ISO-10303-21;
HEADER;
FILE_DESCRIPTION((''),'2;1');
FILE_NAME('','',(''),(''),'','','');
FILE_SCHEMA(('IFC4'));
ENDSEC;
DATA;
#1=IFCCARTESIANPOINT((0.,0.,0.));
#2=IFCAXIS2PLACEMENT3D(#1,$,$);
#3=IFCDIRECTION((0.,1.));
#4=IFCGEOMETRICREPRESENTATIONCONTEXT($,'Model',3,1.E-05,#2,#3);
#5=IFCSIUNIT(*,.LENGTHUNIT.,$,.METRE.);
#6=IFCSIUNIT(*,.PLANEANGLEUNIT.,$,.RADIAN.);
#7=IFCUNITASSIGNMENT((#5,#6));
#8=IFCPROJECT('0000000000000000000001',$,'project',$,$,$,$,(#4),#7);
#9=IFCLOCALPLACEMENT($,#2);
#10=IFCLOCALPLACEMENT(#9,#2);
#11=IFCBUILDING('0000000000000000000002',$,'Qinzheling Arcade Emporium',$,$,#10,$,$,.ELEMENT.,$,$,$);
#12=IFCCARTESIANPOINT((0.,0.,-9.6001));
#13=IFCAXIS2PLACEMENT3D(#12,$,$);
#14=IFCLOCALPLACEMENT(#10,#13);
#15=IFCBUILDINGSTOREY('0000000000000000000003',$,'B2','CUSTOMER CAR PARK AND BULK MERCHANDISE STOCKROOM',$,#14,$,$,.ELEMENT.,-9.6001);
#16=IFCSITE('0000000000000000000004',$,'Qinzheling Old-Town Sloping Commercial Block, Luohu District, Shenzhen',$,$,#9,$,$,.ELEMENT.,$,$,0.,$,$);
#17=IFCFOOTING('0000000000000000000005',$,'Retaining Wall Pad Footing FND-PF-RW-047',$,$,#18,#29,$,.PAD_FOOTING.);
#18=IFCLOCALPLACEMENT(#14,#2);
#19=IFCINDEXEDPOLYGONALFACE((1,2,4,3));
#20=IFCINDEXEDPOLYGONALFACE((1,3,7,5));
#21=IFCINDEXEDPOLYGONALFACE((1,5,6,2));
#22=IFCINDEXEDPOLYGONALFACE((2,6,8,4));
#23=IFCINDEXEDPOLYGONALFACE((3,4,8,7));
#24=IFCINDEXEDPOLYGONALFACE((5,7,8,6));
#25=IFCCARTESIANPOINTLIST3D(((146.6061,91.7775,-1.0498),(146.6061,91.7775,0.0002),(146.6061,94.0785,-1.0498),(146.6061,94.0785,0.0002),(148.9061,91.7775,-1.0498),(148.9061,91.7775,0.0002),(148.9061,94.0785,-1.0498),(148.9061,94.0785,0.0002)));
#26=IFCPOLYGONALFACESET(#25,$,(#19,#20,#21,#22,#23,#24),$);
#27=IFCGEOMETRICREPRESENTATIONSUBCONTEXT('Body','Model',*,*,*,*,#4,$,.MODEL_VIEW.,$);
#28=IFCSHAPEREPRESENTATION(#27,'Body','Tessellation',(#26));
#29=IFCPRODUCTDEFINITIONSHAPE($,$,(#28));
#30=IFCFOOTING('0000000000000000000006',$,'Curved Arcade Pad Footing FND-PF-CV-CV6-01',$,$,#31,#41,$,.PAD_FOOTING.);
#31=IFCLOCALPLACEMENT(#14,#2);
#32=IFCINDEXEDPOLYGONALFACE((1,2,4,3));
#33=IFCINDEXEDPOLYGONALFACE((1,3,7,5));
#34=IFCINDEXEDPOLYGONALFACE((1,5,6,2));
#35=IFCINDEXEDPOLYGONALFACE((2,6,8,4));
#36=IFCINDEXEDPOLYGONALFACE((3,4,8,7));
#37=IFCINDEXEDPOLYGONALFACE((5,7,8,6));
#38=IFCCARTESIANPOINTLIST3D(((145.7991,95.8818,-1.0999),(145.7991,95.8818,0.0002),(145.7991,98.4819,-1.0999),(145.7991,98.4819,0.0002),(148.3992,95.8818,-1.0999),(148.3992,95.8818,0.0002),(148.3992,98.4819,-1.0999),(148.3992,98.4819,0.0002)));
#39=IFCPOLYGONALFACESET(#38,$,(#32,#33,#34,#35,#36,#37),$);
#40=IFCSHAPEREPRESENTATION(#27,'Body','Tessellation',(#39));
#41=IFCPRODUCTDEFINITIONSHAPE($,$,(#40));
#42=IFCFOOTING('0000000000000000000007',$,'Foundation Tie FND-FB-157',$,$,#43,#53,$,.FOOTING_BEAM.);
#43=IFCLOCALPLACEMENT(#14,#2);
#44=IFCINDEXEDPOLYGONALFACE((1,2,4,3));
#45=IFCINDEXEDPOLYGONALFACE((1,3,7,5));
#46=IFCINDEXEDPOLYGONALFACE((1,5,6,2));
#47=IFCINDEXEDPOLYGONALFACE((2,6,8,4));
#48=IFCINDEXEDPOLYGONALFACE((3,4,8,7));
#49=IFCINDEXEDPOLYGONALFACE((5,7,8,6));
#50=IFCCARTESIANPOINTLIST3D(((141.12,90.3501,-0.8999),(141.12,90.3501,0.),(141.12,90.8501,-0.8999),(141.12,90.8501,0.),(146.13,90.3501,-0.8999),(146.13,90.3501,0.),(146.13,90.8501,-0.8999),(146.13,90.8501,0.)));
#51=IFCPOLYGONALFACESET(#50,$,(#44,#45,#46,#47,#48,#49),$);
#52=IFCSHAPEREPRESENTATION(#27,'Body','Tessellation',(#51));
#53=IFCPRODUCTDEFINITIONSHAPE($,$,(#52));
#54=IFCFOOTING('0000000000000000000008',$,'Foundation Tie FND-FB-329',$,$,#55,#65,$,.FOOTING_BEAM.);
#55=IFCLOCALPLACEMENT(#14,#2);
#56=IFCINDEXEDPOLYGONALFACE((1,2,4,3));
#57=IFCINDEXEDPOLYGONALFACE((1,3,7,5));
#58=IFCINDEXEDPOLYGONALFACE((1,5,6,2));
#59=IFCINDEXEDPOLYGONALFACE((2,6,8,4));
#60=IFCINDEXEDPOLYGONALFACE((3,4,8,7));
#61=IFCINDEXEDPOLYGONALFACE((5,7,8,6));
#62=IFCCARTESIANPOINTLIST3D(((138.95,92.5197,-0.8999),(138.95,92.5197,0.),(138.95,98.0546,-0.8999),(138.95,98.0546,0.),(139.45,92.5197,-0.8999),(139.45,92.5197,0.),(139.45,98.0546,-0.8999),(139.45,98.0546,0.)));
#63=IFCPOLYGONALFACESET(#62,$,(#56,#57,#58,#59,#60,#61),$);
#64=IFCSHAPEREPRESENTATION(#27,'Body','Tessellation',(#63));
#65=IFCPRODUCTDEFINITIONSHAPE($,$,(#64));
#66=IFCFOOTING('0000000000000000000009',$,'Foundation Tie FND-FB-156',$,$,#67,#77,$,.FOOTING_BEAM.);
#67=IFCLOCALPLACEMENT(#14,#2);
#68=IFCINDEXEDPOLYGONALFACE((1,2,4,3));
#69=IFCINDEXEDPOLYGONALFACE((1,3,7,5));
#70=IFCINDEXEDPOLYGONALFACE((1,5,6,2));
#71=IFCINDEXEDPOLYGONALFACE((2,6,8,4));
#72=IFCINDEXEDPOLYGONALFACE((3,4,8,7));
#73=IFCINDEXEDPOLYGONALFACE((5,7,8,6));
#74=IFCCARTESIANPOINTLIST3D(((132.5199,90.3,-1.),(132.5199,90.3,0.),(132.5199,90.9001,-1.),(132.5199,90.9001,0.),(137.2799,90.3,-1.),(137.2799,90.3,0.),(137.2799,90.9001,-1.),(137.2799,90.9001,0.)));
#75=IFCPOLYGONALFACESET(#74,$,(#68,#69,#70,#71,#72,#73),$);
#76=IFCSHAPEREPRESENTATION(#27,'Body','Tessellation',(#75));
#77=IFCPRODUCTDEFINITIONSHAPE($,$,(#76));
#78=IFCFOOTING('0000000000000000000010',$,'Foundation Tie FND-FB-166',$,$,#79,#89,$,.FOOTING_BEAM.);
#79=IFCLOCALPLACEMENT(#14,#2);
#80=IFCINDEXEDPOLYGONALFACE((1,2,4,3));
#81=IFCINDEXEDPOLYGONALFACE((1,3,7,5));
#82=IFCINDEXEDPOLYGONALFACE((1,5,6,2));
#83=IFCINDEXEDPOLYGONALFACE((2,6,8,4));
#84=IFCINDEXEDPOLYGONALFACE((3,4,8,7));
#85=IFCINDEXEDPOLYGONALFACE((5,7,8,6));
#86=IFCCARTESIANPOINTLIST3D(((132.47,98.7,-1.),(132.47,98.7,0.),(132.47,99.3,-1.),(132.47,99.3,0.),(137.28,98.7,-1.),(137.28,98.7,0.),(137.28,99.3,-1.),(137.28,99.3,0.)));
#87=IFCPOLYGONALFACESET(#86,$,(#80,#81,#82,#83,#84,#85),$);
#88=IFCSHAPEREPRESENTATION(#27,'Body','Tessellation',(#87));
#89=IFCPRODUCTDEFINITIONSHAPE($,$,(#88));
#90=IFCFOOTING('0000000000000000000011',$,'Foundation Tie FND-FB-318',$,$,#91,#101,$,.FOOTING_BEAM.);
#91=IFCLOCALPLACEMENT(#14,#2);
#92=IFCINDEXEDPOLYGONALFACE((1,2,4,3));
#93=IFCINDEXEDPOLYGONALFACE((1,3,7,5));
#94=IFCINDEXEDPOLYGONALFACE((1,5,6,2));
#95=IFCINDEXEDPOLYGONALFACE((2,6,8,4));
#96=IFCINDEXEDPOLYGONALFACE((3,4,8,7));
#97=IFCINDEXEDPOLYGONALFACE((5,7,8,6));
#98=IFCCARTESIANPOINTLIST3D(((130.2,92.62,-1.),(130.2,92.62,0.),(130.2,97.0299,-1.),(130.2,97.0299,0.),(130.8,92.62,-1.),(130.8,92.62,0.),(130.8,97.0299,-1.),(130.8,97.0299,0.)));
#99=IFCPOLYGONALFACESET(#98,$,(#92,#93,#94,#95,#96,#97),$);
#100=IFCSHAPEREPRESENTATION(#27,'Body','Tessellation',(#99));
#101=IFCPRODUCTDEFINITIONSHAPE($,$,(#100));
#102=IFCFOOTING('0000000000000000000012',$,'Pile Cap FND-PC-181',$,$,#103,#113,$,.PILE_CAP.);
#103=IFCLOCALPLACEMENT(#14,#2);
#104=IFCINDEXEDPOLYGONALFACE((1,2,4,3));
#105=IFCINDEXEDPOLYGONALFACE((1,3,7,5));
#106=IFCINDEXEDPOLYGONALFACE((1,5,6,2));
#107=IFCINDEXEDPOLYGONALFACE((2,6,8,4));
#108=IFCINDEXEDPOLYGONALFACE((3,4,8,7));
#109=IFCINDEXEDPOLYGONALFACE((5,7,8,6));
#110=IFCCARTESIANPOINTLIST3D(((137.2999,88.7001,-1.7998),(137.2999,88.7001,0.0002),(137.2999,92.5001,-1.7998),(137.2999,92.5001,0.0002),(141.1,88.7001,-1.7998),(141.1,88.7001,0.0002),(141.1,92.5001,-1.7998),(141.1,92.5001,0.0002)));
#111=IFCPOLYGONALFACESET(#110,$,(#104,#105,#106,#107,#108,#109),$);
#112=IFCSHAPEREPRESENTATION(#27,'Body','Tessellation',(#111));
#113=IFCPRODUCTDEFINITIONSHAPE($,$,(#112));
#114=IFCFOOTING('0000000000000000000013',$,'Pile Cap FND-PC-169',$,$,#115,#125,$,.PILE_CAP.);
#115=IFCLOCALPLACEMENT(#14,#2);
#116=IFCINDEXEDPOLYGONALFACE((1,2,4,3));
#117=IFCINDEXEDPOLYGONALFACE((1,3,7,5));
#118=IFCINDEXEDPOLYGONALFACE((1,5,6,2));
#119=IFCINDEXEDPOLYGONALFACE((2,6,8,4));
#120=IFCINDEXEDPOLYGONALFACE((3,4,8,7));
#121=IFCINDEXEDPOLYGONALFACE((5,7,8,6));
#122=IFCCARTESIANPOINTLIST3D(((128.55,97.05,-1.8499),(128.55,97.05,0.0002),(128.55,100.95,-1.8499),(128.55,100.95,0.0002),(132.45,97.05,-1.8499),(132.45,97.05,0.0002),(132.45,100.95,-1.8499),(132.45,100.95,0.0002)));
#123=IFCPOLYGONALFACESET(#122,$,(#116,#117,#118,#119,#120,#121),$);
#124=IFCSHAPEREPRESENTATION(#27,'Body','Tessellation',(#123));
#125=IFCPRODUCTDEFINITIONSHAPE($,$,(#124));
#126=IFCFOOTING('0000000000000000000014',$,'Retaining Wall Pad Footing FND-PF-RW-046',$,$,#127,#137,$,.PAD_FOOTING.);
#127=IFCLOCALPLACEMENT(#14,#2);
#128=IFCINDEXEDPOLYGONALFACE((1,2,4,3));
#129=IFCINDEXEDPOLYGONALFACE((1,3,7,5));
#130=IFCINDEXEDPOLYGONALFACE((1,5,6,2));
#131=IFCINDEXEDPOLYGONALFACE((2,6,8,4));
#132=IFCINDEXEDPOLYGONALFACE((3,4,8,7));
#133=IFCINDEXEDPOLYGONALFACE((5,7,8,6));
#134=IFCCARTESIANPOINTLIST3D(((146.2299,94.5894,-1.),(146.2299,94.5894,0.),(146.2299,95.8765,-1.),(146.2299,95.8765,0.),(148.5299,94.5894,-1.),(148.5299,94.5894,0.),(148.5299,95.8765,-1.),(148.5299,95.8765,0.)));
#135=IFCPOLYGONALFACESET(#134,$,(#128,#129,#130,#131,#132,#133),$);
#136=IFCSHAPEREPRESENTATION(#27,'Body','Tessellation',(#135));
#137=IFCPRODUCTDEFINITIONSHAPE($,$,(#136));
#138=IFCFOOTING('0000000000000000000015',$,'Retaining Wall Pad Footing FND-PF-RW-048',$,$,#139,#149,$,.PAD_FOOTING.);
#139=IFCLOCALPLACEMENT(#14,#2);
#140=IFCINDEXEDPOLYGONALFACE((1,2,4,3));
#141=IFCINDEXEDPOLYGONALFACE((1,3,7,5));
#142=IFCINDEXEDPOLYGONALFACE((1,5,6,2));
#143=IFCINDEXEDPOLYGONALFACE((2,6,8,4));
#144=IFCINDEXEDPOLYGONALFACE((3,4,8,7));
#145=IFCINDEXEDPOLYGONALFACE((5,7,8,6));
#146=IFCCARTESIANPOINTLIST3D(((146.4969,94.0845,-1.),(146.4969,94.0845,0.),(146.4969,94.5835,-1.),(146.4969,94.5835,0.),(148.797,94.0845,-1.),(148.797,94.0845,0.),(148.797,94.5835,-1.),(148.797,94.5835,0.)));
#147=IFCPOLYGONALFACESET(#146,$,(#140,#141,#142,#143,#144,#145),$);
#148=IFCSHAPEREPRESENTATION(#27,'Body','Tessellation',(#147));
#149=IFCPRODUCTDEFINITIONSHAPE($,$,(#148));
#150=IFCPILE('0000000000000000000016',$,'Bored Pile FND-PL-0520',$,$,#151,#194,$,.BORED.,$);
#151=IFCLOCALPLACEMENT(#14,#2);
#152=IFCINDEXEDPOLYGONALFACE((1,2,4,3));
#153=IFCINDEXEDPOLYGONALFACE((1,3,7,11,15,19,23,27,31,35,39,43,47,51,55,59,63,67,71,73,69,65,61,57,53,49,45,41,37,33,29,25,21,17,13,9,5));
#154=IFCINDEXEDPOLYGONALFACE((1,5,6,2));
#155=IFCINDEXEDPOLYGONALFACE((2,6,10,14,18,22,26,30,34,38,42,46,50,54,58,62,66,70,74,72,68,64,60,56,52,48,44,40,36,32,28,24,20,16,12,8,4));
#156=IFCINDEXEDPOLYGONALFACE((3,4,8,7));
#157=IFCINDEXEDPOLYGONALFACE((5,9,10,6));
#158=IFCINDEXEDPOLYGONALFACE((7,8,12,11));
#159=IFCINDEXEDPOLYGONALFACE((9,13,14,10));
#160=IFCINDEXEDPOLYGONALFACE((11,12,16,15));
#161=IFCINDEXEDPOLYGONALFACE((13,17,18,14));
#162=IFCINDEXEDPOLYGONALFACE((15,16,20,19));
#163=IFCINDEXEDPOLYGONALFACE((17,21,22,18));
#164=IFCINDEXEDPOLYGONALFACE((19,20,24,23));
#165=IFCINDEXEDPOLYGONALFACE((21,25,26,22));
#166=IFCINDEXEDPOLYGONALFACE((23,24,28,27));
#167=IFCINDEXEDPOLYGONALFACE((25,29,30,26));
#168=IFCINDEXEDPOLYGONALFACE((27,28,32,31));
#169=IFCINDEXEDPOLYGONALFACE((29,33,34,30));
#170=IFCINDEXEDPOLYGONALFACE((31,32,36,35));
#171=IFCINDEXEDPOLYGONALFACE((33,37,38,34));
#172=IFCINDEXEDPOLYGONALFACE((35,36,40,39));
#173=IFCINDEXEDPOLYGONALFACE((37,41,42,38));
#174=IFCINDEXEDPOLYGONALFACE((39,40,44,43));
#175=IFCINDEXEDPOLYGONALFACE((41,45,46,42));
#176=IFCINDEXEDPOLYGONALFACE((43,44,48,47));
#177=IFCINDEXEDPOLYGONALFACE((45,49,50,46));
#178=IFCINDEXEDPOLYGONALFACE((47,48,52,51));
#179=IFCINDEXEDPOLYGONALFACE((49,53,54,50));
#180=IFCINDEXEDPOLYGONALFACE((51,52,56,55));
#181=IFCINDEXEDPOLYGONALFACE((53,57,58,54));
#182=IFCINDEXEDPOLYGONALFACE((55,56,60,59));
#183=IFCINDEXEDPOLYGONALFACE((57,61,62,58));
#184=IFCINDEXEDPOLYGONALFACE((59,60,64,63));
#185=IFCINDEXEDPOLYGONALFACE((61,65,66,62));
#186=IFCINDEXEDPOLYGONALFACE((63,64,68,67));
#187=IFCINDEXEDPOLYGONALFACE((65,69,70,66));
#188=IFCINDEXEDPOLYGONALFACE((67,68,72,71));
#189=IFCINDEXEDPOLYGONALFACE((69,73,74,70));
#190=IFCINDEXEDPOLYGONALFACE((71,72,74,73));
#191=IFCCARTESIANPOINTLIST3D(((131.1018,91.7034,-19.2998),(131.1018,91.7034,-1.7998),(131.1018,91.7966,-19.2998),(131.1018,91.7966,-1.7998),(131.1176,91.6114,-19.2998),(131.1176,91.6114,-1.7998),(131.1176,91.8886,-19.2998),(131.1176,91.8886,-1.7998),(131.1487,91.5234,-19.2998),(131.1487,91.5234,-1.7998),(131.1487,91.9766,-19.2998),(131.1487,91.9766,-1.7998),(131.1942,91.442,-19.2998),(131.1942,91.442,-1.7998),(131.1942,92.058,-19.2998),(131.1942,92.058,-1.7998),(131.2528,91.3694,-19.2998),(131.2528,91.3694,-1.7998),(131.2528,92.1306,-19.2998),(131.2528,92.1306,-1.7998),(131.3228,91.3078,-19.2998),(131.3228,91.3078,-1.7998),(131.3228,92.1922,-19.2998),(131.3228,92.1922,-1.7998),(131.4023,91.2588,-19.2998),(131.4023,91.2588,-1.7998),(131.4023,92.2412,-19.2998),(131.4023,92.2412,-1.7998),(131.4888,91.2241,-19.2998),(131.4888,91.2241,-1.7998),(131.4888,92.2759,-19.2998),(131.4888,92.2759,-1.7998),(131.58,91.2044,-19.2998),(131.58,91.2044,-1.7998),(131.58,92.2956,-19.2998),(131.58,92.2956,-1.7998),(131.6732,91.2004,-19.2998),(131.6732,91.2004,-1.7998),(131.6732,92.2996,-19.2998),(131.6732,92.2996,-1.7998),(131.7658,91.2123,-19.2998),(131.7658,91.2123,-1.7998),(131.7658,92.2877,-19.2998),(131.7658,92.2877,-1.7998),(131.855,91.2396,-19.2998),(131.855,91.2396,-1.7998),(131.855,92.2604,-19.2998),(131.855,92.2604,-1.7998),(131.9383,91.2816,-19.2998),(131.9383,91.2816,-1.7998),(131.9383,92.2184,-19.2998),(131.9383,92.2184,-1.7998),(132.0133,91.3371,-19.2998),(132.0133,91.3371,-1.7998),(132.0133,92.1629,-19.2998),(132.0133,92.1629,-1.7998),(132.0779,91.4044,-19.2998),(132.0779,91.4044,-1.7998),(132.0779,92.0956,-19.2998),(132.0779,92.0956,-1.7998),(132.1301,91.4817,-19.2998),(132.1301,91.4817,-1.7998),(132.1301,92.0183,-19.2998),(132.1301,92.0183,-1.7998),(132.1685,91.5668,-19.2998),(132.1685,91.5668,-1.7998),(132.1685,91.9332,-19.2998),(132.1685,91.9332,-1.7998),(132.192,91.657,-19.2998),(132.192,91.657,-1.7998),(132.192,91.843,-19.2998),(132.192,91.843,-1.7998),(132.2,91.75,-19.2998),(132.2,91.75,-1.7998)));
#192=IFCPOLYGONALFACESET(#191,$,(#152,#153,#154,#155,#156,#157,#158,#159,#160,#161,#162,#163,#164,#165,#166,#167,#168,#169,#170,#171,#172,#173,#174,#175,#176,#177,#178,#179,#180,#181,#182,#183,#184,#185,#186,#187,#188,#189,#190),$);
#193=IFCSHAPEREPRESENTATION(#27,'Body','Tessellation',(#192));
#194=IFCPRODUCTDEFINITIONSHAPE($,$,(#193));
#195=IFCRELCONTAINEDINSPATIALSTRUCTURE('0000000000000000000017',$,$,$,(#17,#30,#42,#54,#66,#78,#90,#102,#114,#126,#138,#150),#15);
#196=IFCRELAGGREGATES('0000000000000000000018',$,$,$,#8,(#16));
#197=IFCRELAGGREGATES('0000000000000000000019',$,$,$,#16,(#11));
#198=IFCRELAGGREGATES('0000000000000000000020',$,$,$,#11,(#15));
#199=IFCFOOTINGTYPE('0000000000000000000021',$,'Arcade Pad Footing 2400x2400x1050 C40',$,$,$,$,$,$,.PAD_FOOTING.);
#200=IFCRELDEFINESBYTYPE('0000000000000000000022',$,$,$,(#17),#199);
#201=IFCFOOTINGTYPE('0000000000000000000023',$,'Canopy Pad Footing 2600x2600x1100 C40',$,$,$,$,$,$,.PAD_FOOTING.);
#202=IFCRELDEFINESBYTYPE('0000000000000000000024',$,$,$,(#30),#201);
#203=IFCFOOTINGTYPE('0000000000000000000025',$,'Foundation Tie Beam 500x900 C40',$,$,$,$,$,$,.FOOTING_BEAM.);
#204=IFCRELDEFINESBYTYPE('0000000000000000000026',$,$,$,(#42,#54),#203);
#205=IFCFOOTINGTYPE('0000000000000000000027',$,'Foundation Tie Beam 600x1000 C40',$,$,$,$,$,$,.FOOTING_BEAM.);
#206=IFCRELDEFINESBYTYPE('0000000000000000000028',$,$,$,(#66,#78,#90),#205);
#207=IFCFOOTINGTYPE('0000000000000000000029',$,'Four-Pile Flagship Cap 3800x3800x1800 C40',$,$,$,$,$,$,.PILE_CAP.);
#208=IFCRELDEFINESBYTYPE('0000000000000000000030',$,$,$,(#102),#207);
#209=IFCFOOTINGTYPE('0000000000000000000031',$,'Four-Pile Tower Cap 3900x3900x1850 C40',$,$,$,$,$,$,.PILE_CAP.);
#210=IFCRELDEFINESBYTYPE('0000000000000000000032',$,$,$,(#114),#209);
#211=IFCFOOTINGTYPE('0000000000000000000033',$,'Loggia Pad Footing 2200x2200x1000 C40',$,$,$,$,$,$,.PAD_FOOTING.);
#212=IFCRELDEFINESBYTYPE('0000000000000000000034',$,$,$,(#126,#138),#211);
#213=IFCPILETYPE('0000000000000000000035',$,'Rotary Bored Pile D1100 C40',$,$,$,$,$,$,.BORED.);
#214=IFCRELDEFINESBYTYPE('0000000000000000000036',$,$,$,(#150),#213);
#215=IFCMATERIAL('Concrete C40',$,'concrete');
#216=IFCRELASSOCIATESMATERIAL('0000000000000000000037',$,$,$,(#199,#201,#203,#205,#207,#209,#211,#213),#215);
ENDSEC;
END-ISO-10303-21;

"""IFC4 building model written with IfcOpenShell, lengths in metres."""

from ifc_helpers import new_model, si_unit, direction, frame, origin, origin_2d, place, context, subcontext, project, spatial, rectangle, circle, extrude, material, material_profile, profile_set, type_object, element, save


model = new_model("IFC4")

# Units and contexts
model_context = context("Model", 3, precision=1e-05, world=origin(), true_north=direction((0.0, 1.0)))
body_context = subcontext(model_context, "Body", "Model", "MODEL_VIEW")
ifc_project = project(units=[si_unit("LENGTHUNIT", "METRE"), si_unit("PLANEANGLEUNIT", "RADIAN")], contexts=[model_context])

# Site, building, storey
site_placement = place(None, origin())
site = spatial("IfcSite", under=ifc_project, at=site_placement, Name="Qinzheling Old-Town Sloping Commercial Block, Luohu District, Shenzhen", CompositionType="ELEMENT", RefElevation=0.0)
building_placement = place(site_placement, origin())
building = spatial("IfcBuilding", under=site, at=building_placement, Name="Qinzheling Arcade Emporium", CompositionType="ELEMENT")
storey_placement = place(building_placement, frame((0.0, 0.0, -9.6001)))
storey = spatial("IfcBuildingStorey", under=building, at=storey_placement, Name="B2", Description="CUSTOMER CAR PARK AND BULK MERCHANDISE STOCKROOM", CompositionType="ELEMENT", Elevation=-9.6001)

# Footings
ifc_material_1 = material(Name="Concrete C40", Category="concrete")
footing_type_1 = type_object("IfcFootingType", Name="Arcade Pad Footing 2400x2400x1050 C40", PredefinedType="PAD_FOOTING", material=ifc_material_1)
footing_1_placement = place(storey_placement, frame((147.7561, 92.928, -1.0498), z_axis=(0.0, 0.0, 1.0), x_axis=(1.0, 0.0, 0.0)))
element("IfcFooting", 1, at=footing_1_placement, inside=storey, type_object=footing_type_1, Name="Retaining Wall Pad Footing FND-PF-RW-047", PredefinedType="PAD_FOOTING", context=body_context, shape_type="SweptSolid", body=[
    extrude(rectangle(XDim=2.3, YDim=2.301, at=origin_2d()), origin(), (0.0, 0.0, 1.0), 1.05),
])
footing_type_2 = type_object("IfcFootingType", Name="Canopy Pad Footing 2600x2600x1100 C40", PredefinedType="PAD_FOOTING", material=ifc_material_1)
footing_2_placement = place(storey_placement, frame((147.0991, 97.1819, -1.0999), z_axis=(0.0, 0.0, 1.0), x_axis=(1.0, 0.0, 0.0)))
element("IfcFooting", 2, at=footing_2_placement, inside=storey, type_object=footing_type_2, Name="Curved Arcade Pad Footing FND-PF-CV-CV6-01", PredefinedType="PAD_FOOTING", context=body_context, shape_type="SweptSolid", body=[
    extrude(rectangle(XDim=2.6001, YDim=2.6001, at=origin_2d()), origin(), (0.0, 0.0, 1.0), 1.1001),
])
footing_type_3 = type_object("IfcFootingType", Name="Foundation Tie Beam 500x900 C40", PredefinedType="FOOTING_BEAM", material=ifc_material_1)
footing_3_placement = place(storey_placement, frame((143.625, 90.6001, -0.8999), z_axis=(0.0, 0.0, 1.0), x_axis=(1.0, 0.0, 0.0)))
element("IfcFooting", 3, at=footing_3_placement, inside=storey, type_object=footing_type_3, Name="Foundation Tie FND-FB-157", PredefinedType="FOOTING_BEAM", context=body_context, shape_type="SweptSolid", body=[
    extrude(rectangle(XDim=5.01, YDim=0.5, at=origin_2d()), origin(), (0.0, 0.0, 1.0), 0.8999),
])
footing_4_placement = place(storey_placement, frame((139.2, 95.2871, -0.8999), z_axis=(0.0, 0.0, 1.0), x_axis=(1.0, 0.0, 0.0)))
element("IfcFooting", 4, at=footing_4_placement, inside=storey, type_object=footing_type_3, Name="Foundation Tie FND-FB-329", PredefinedType="FOOTING_BEAM", context=body_context, shape_type="SweptSolid", body=[
    extrude(rectangle(XDim=0.5, YDim=5.5349, at=origin_2d()), origin(), (0.0, 0.0, 1.0), 0.8999),
])
footing_type_4 = type_object("IfcFootingType", Name="Foundation Tie Beam 600x1000 C40", PredefinedType="FOOTING_BEAM", material=ifc_material_1)
footing_5_placement = place(storey_placement, frame((134.8999, 90.6001, -1.0), z_axis=(0.0, 0.0, 1.0), x_axis=(1.0, 0.0, 0.0)))
element("IfcFooting", 5, at=footing_5_placement, inside=storey, type_object=footing_type_4, Name="Foundation Tie FND-FB-156", PredefinedType="FOOTING_BEAM", context=body_context, shape_type="SweptSolid", body=[
    extrude(rectangle(XDim=4.76, YDim=0.6001, at=origin_2d()), origin(), (0.0, 0.0, 1.0), 1.0),
])
footing_6_placement = place(storey_placement, frame((134.875, 99.0, -1.0), z_axis=(0.0, 0.0, 1.0), x_axis=(1.0, 0.0, 0.0)))
element("IfcFooting", 6, at=footing_6_placement, inside=storey, type_object=footing_type_4, Name="Foundation Tie FND-FB-166", PredefinedType="FOOTING_BEAM", context=body_context, shape_type="SweptSolid", body=[
    extrude(rectangle(XDim=4.8101, YDim=0.6001, at=origin_2d()), origin(), (0.0, 0.0, 1.0), 1.0),
])
footing_7_placement = place(storey_placement, frame((130.5, 94.825, -1.0), z_axis=(0.0, 0.0, 1.0), x_axis=(1.0, 0.0, 0.0)))
element("IfcFooting", 7, at=footing_7_placement, inside=storey, type_object=footing_type_4, Name="Foundation Tie FND-FB-318", PredefinedType="FOOTING_BEAM", context=body_context, shape_type="SweptSolid", body=[
    extrude(rectangle(XDim=0.6001, YDim=4.4099, at=origin_2d()), origin(), (0.0, 0.0, 1.0), 1.0),
])
footing_type_5 = type_object("IfcFootingType", Name="Four-Pile Flagship Cap 3800x3800x1800 C40", PredefinedType="PILE_CAP", material=ifc_material_1)
footing_8_placement = place(storey_placement, frame((139.2, 90.6001, -1.7998), z_axis=(0.0, 0.0, 1.0), x_axis=(1.0, 0.0, 0.0)))
element("IfcFooting", 8, at=footing_8_placement, inside=storey, type_object=footing_type_5, Name="Pile Cap FND-PC-181", PredefinedType="PILE_CAP", context=body_context, shape_type="SweptSolid", body=[
    extrude(rectangle(XDim=3.8, YDim=3.8, at=origin_2d()), origin(), (0.0, 0.0, 1.0), 1.8),
])
footing_type_6 = type_object("IfcFootingType", Name="Four-Pile Tower Cap 3900x3900x1850 C40", PredefinedType="PILE_CAP", material=ifc_material_1)
footing_9_placement = place(storey_placement, frame((130.5, 99.0, -1.8499), z_axis=(0.0, 0.0, 1.0), x_axis=(1.0, 0.0, 0.0)))
element("IfcFooting", 9, at=footing_9_placement, inside=storey, type_object=footing_type_6, Name="Pile Cap FND-PC-169", PredefinedType="PILE_CAP", context=body_context, shape_type="SweptSolid", body=[
    extrude(rectangle(XDim=3.8999, YDim=3.8999, at=origin_2d()), origin(), (0.0, 0.0, 1.0), 1.8501),
])
footing_type_7 = type_object("IfcFootingType", Name="Loggia Pad Footing 2200x2200x1000 C40", PredefinedType="PAD_FOOTING", material=ifc_material_1)
footing_10_placement = place(storey_placement, frame((147.3799, 95.2329, -1.0), z_axis=(0.0, 0.0, 1.0), x_axis=(1.0, 0.0, 0.0)))
element("IfcFooting", 10, at=footing_10_placement, inside=storey, type_object=footing_type_7, Name="Retaining Wall Pad Footing FND-PF-RW-046", PredefinedType="PAD_FOOTING", context=body_context, shape_type="SweptSolid", body=[
    extrude(rectangle(XDim=2.3, YDim=1.2871, at=origin_2d()), origin(), (0.0, 0.0, 1.0), 1.0),
])
footing_11_placement = place(storey_placement, frame((147.647, 94.334, -1.0), z_axis=(0.0, 0.0, 1.0), x_axis=(1.0, 0.0, 0.0)))
element("IfcFooting", 11, at=footing_11_placement, inside=storey, type_object=footing_type_7, Name="Retaining Wall Pad Footing FND-PF-RW-048", PredefinedType="PAD_FOOTING", context=body_context, shape_type="SweptSolid", body=[
    extrude(rectangle(XDim=2.3, YDim=0.499, at=origin_2d()), origin(), (0.0, 0.0, 1.0), 1.0),
])

# Pile
ifc_material_profile_1 = material_profile(ifc_material_1, circle(Radius=0.55, at=origin_2d()), Name="BORED D1100", Category="concrete")
ifc_profile_set_1 = profile_set([ifc_material_profile_1], Name="Concrete C40")
pile_type_1 = type_object("IfcPileType", Name="Rotary Bored Pile D1100 C40", PredefinedType="BORED", material=ifc_profile_set_1)
pile_placement = place(storey_placement, frame((131.6499, 91.75, -1.7998), z_axis=(0.0, 0.0, -1.0), x_axis=(1.0, 0.0, 0.0)))
element("IfcPile", 12, at=pile_placement, inside=storey, type_object=pile_type_1, Name="Bored Pile FND-PL-0520", PredefinedType="BORED", context=body_context, shape_type="SweptSolid", body=[
    extrude(circle(Radius=0.55, at=origin_2d()), origin(), (0.0, 0.0, 1.0), 17.5),
])

save(model, "model.ifc")
